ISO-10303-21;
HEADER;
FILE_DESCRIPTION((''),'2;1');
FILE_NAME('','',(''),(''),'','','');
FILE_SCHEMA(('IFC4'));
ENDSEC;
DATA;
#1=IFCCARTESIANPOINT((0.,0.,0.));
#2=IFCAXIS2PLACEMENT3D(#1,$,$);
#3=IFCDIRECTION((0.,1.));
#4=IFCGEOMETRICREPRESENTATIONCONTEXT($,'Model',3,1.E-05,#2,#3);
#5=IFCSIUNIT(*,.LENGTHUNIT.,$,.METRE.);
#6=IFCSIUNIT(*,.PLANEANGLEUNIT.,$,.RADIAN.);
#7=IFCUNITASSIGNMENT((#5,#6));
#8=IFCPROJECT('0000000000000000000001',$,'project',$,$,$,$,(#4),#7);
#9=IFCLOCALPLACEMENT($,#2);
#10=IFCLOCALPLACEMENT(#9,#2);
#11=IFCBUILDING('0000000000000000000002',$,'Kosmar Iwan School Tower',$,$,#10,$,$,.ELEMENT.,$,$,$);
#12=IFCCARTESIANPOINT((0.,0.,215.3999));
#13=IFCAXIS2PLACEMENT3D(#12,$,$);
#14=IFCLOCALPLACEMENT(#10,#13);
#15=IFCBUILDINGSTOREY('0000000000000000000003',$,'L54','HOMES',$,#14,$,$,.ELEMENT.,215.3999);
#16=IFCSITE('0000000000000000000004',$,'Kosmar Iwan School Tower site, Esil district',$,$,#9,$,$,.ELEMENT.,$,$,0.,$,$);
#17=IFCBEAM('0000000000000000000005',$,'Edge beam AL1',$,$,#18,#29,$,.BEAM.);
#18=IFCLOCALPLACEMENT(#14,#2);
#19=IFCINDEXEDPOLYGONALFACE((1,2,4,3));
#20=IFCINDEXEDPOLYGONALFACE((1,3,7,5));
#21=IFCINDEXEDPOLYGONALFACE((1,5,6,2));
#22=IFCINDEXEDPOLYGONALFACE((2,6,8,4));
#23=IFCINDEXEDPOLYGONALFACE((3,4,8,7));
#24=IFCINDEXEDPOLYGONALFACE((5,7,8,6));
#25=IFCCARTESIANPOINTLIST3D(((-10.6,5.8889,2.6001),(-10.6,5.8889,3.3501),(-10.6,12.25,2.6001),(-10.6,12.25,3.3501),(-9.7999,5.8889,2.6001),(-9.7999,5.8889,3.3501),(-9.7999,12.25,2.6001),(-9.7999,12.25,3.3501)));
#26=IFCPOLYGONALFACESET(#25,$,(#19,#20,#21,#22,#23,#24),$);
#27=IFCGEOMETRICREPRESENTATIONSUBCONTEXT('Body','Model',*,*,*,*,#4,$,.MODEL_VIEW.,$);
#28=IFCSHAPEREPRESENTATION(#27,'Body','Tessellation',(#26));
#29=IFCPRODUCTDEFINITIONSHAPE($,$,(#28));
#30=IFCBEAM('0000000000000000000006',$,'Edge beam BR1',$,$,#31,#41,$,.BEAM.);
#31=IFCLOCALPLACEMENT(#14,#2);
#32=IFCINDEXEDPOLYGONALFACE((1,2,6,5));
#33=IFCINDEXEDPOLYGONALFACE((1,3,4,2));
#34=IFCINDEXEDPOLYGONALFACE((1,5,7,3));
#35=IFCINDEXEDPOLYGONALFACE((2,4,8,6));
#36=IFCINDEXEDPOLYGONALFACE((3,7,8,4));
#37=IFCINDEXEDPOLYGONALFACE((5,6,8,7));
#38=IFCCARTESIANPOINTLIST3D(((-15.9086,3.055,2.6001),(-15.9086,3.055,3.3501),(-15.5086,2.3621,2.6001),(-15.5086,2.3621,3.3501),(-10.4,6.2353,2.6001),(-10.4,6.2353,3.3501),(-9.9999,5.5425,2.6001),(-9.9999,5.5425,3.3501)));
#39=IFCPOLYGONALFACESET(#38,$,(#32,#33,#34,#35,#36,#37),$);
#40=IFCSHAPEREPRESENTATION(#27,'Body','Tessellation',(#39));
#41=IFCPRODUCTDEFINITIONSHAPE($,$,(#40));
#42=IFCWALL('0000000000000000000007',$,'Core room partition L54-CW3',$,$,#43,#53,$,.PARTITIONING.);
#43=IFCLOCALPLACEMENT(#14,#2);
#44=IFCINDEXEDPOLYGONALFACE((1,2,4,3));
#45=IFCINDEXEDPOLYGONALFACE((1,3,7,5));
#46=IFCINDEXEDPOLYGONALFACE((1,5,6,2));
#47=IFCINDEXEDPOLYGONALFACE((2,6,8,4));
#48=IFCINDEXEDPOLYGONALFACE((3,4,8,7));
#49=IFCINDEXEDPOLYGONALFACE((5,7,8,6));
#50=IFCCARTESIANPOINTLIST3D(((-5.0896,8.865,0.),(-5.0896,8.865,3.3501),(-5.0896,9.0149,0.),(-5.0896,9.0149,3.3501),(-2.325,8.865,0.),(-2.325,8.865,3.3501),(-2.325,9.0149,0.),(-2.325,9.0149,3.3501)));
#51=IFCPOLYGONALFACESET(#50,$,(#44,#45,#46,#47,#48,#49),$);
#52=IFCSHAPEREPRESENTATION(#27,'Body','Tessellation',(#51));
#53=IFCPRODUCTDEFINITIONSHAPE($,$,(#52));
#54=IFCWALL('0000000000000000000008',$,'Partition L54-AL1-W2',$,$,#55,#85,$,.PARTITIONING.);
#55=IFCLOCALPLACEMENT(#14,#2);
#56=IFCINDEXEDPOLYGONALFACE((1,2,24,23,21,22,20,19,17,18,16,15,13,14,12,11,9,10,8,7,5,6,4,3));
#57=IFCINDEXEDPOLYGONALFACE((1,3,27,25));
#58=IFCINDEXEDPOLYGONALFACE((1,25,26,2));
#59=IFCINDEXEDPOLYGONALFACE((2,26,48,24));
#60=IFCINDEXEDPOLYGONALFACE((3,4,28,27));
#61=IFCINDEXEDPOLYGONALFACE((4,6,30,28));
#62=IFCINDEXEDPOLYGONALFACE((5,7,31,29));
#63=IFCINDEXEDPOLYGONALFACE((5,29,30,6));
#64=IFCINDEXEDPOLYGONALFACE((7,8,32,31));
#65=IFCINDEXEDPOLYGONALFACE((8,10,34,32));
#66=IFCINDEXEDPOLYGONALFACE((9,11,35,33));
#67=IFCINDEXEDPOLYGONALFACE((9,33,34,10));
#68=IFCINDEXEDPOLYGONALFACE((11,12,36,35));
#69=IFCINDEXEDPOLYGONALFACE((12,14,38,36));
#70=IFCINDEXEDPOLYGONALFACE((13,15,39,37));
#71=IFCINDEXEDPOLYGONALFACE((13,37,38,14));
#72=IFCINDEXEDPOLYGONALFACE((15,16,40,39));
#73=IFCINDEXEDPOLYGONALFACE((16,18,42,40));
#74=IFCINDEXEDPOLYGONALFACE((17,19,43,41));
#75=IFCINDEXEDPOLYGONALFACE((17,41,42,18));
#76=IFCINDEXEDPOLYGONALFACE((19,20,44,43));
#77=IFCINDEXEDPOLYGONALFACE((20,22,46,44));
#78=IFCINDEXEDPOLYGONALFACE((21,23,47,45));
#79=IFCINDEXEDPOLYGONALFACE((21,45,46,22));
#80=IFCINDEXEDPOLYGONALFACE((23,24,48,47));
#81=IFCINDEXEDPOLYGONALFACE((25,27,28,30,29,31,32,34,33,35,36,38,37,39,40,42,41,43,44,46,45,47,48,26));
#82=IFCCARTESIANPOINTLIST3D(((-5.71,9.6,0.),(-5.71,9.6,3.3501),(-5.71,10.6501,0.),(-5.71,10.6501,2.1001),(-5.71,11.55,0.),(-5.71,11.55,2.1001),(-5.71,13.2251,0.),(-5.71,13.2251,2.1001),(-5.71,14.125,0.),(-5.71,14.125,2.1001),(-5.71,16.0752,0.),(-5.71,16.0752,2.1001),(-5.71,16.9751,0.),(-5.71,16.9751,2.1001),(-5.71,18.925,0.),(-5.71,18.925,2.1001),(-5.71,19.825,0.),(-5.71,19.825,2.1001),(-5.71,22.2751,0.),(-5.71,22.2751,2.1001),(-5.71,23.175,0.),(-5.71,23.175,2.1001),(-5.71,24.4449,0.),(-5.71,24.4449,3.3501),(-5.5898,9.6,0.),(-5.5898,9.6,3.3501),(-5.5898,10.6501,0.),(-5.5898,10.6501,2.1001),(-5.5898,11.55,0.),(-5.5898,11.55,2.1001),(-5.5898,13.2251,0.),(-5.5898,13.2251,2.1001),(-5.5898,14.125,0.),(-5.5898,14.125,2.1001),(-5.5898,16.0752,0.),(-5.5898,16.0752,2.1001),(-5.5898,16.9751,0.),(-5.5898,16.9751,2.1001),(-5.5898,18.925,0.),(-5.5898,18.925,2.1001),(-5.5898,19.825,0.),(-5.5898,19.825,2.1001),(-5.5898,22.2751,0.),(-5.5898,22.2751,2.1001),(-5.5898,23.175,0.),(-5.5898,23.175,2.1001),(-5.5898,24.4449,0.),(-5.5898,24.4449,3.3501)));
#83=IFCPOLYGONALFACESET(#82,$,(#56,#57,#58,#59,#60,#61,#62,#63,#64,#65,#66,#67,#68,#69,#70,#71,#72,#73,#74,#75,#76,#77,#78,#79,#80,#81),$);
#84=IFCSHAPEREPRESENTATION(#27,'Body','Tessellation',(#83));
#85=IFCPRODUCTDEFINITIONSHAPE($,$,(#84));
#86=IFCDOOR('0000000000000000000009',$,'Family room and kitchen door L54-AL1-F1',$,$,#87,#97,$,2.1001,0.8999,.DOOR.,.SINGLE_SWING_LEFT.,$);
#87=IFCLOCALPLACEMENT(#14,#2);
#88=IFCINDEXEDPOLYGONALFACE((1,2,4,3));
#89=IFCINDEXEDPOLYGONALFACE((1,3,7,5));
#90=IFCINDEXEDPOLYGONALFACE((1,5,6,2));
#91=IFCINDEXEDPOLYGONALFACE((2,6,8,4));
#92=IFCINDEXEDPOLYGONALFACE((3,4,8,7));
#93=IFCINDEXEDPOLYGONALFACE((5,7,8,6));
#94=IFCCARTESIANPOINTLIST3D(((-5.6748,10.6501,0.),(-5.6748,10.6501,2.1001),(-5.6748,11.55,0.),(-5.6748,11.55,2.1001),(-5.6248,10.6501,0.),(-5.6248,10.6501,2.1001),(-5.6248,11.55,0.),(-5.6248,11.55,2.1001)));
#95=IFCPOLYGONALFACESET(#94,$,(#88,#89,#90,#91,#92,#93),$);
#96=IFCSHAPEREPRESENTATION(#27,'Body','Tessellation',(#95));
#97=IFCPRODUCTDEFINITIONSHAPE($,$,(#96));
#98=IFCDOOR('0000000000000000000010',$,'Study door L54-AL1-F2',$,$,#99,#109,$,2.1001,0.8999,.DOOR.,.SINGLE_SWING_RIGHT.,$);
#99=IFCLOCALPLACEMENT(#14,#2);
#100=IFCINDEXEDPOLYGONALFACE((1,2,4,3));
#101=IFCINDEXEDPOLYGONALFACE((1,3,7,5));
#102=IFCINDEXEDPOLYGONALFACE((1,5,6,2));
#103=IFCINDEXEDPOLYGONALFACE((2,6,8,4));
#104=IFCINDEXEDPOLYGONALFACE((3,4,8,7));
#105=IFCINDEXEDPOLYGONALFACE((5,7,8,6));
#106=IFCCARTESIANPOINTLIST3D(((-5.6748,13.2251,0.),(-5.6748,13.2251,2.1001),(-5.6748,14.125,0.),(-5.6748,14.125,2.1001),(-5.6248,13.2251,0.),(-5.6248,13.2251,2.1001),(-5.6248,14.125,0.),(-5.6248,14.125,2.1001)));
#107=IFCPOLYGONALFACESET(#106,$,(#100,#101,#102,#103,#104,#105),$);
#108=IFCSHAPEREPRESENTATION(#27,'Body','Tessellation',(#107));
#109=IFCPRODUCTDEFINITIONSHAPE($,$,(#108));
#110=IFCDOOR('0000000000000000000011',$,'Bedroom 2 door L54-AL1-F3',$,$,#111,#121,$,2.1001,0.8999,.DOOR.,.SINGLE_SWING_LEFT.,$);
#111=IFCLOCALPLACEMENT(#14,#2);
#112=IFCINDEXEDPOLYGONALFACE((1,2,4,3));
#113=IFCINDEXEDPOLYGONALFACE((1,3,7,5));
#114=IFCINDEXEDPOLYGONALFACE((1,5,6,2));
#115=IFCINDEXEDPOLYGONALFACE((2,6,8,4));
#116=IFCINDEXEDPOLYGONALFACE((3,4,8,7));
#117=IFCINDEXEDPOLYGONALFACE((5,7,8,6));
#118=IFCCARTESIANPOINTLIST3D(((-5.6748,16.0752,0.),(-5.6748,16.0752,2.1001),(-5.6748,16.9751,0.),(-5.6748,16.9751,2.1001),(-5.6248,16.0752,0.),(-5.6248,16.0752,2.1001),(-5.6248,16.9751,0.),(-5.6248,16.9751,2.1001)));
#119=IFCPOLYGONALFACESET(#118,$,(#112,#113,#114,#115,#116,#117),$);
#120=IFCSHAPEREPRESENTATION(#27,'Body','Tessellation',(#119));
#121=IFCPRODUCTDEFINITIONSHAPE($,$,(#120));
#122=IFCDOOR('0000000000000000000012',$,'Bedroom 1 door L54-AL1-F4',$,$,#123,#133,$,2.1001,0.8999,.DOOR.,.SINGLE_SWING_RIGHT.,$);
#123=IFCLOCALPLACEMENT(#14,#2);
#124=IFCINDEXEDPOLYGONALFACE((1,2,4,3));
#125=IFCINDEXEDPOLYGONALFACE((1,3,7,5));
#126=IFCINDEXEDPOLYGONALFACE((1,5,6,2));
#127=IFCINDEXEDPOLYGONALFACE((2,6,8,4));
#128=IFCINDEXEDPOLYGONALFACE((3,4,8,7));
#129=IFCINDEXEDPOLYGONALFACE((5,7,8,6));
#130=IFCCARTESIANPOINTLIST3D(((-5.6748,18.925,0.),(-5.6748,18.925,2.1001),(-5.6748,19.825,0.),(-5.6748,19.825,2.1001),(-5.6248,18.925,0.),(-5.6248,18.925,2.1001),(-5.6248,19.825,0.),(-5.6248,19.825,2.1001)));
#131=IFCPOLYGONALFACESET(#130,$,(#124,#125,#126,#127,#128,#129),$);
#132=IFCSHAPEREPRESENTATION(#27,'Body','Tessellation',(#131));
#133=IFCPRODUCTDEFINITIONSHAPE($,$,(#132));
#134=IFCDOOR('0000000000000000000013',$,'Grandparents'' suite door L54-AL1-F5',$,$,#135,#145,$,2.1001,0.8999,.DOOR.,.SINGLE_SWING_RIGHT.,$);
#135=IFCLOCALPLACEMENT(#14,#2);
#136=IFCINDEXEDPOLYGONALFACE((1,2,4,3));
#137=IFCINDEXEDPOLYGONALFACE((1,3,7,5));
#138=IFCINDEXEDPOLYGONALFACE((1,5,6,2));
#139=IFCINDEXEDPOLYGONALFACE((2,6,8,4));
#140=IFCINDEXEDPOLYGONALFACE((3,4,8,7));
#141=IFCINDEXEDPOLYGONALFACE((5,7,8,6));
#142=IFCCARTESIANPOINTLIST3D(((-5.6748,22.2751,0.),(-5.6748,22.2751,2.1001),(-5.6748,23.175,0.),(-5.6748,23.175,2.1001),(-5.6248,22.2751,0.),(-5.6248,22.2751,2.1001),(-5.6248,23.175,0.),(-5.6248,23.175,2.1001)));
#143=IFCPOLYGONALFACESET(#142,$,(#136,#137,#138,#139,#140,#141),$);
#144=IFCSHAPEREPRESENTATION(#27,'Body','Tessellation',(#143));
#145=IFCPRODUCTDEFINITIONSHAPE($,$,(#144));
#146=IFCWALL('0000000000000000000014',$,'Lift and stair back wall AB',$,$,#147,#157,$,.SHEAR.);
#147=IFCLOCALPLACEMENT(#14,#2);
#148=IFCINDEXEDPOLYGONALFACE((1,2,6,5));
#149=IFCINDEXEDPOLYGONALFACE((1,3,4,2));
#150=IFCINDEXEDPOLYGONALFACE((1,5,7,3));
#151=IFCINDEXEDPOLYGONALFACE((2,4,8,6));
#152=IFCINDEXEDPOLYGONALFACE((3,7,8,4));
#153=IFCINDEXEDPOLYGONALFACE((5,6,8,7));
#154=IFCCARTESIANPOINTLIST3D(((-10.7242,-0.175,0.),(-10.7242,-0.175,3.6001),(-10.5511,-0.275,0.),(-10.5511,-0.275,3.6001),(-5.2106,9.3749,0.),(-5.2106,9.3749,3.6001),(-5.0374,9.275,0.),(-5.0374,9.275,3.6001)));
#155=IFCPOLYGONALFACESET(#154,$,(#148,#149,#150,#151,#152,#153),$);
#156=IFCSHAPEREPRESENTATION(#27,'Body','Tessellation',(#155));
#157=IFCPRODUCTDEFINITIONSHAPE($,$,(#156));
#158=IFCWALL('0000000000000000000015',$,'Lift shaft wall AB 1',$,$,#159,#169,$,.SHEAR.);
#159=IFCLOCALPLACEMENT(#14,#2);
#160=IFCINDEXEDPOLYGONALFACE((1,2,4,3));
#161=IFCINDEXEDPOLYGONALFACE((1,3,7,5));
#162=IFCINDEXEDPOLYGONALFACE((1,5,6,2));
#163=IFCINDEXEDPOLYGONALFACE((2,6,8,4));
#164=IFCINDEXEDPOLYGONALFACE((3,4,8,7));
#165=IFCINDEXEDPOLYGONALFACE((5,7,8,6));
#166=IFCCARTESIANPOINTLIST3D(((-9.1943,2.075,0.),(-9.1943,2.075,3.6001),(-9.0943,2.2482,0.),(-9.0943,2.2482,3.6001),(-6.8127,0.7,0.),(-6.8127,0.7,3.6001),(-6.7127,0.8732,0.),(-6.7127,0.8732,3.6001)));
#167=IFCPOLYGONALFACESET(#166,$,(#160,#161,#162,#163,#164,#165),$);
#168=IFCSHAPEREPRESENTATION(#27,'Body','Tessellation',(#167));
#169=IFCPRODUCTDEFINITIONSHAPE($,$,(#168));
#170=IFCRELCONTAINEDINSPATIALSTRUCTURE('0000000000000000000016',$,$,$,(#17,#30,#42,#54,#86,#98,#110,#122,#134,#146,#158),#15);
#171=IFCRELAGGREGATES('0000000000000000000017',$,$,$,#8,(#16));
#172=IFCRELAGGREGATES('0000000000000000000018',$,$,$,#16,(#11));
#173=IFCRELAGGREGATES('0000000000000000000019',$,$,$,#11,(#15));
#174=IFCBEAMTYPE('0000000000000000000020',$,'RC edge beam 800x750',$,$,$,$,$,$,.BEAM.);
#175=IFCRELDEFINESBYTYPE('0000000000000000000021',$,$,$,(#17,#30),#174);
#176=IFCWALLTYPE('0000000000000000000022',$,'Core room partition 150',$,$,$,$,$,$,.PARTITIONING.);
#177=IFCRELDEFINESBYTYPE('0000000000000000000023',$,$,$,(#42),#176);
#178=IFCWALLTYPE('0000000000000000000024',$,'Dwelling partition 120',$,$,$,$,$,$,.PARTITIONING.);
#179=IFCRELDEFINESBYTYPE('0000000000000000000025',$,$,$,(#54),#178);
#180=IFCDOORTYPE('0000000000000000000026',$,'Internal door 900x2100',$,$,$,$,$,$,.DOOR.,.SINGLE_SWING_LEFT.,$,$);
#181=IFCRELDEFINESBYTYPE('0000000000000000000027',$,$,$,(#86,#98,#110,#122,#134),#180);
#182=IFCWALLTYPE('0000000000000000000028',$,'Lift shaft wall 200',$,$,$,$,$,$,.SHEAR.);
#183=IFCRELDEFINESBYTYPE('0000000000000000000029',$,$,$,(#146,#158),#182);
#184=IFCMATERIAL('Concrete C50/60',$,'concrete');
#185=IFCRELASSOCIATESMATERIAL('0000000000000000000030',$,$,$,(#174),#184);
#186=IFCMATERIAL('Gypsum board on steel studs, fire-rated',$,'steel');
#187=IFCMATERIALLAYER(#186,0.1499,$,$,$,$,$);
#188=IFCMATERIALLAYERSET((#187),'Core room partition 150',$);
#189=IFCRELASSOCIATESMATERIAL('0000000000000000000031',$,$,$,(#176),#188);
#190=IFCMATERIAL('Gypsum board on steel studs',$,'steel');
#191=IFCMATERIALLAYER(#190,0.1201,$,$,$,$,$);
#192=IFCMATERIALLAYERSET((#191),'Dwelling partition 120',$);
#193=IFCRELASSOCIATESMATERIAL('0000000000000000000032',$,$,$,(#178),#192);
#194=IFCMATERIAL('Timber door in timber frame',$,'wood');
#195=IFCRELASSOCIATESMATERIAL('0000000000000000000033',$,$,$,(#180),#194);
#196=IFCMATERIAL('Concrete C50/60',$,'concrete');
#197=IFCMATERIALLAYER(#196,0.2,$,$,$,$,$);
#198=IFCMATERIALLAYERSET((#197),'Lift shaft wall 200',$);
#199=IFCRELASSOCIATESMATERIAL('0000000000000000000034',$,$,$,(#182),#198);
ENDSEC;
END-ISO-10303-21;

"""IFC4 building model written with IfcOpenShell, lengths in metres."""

from ifc_helpers import new_model, si_unit, direction, frame, frame_2d, origin, origin_2d, place, context, subcontext, project, spatial, rectangle, extrude, material, layer, layer_set, material_profile, profile_set, type_object, element, fill, save


model = new_model("IFC4")

# Units and contexts
model_context = context("Model", 3, precision=1e-05, world=origin(), true_north=direction((0.0, 1.0)))
body_context = subcontext(model_context, "Body", "Model", "MODEL_VIEW")
ifc_project = project(units=[si_unit("LENGTHUNIT", "METRE"), si_unit("PLANEANGLEUNIT", "RADIAN")], contexts=[model_context])

# Site, building, storey
site_placement = place(None, origin())
site = spatial("IfcSite", under=ifc_project, at=site_placement, Name="Kosmar Iwan School Tower site, Esil district", CompositionType="ELEMENT", RefElevation=0.0)
building_placement = place(site_placement, origin())
building = spatial("IfcBuilding", under=site, at=building_placement, Name="Kosmar Iwan School Tower", CompositionType="ELEMENT")
storey_placement = place(building_placement, frame((0.0, 0.0, 215.3999)))
storey = spatial("IfcBuildingStorey", under=building, at=storey_placement, Name="L54", Description="HOMES", CompositionType="ELEMENT", Elevation=215.3999)

# Beams
ifc_material_1 = material(Name="Concrete C50/60", Category="concrete")
ifc_material_profile = material_profile(ifc_material_1, rectangle(XDim=0.8, YDim=0.75, at=origin_2d()), Name="RC 800x750")
ifc_profile_set = profile_set([ifc_material_profile], Name="Concrete C50/60")
beam_type = type_object("IfcBeamType", Name="RC edge beam 800x750", PredefinedType="BEAM", material=ifc_profile_set)
beam_1_placement = place(storey_placement, frame((-10.2, 5.8889, 2.9751), z_axis=(0.0, 1.0, 0.0), x_axis=(-1.0, 0.0, 0.0)))
element("IfcBeam", 1, at=beam_1_placement, inside=storey, type_object=beam_type, Name="Edge beam AL1", PredefinedType="BEAM", context=body_context, shape_type="SweptSolid", body=[
    extrude(rectangle(XDim=0.8, YDim=0.75, at=origin_2d()), origin(), (0.0, 0.0, 1.0), 6.3611),
])
beam_2_placement = place(storey_placement, frame((-10.2, 5.8889, 2.9751), z_axis=(-0.866031, -0.49999, 0.0), x_axis=(0.49999, -0.866031, 0.0)))
element("IfcBeam", 2, at=beam_2_placement, inside=storey, type_object=beam_type, Name="Edge beam BR1", PredefinedType="BEAM", context=body_context, shape_type="SweptSolid", body=[
    extrude(rectangle(XDim=0.8, YDim=0.75, at=origin_2d()), origin(), (0.0, 0.0, 1.0), 6.3608),
])

# Wall
ifc_material_2 = material(Name="Gypsum board on steel studs, fire-rated", Category="steel")
ifc_layer_1 = layer(ifc_material_2, 0.1499)
ifc_layer_set_1 = layer_set([ifc_layer_1], Name="Core room partition 150")
wall_type_1 = type_object("IfcWallType", Name="Core room partition 150", PredefinedType="PARTITIONING", material=ifc_layer_set_1)
wall_1_placement = place(storey_placement, frame((-5.0896, 8.9399, 0.0), z_axis=(0.0, 0.0, 1.0), x_axis=(1.0, 0.0, 0.0)))
element("IfcWall", 3, at=wall_1_placement, inside=storey, type_object=wall_type_1, Name="Core room partition L54-CW3", PredefinedType="PARTITIONING", context=body_context, shape_type="SweptSolid", body=[
    extrude(rectangle(XDim=2.7646, YDim=0.1499, at=frame_2d((1.3823, 0.0))), origin(), (0.0, 0.0, 1.0), 3.3501),
])

# Wall, openings, doors
ifc_material_3 = material(Name="Gypsum board on steel studs", Category="steel")
ifc_layer_2 = layer(ifc_material_3, 0.1201)
ifc_layer_set_2 = layer_set([ifc_layer_2], Name="Dwelling partition 120")
wall_type_2 = type_object("IfcWallType", Name="Dwelling partition 120", PredefinedType="PARTITIONING", material=ifc_layer_set_2)
wall_2_placement = place(storey_placement, frame((-5.6499, 9.6001, 0.0), z_axis=(0.0, 0.0, 1.0), x_axis=(0.0, 1.0, 0.0)))
wall_2 = element("IfcWall", 4, at=wall_2_placement, inside=storey, type_object=wall_type_2, Name="Partition L54-AL1-W2", PredefinedType="PARTITIONING", context=body_context, shape_type="SweptSolid", body=[
    extrude(rectangle(XDim=14.845, YDim=0.1201, at=frame_2d((7.4224, 0.0))), origin(), (0.0, 0.0, 1.0), 3.3501),
])
opening_1_placement = place(wall_2_placement, frame((1.05, 0.0, 0.0)))
opening_1 = element("IfcOpeningElement", 5, at=opening_1_placement, cuts=wall_2, PredefinedType="OPENING", context=body_context, shape_type="SweptSolid", body=[
    extrude(rectangle(XDim=0.8999, YDim=2.1001, at=frame_2d((0.45, 1.05))), frame((0.0, 0.072, 0.0), z_axis=(0.0, -1.0, 0.0), x_axis=(1.0, 0.0, 0.0)), (0.0, 0.0, 1.0), 0.144),
])
opening_2_placement = place(wall_2_placement, frame((3.625, 0.0, 0.0)))
opening_2 = element("IfcOpeningElement", 6, at=opening_2_placement, cuts=wall_2, PredefinedType="OPENING", context=body_context, shape_type="SweptSolid", body=[
    extrude(rectangle(XDim=0.8999, YDim=2.1001, at=frame_2d((0.45, 1.05))), frame((0.0, 0.072, 0.0), z_axis=(0.0, -1.0, 0.0), x_axis=(1.0, 0.0, 0.0)), (0.0, 0.0, 1.0), 0.144),
])
opening_3_placement = place(wall_2_placement, frame((6.4751, 0.0, 0.0)))
opening_3 = element("IfcOpeningElement", 7, at=opening_3_placement, cuts=wall_2, PredefinedType="OPENING", context=body_context, shape_type="SweptSolid", body=[
    extrude(rectangle(XDim=0.8999, YDim=2.1001, at=frame_2d((0.45, 1.05))), frame((0.0, 0.072, 0.0), z_axis=(0.0, -1.0, 0.0), x_axis=(1.0, 0.0, 0.0)), (0.0, 0.0, 1.0), 0.144),
])
opening_4_placement = place(wall_2_placement, frame((9.325, 0.0, 0.0)))
opening_4 = element("IfcOpeningElement", 8, at=opening_4_placement, cuts=wall_2, PredefinedType="OPENING", context=body_context, shape_type="SweptSolid", body=[
    extrude(rectangle(XDim=0.8999, YDim=2.1001, at=frame_2d((0.45, 1.05))), frame((0.0, 0.072, 0.0), z_axis=(0.0, -1.0, 0.0), x_axis=(1.0, 0.0, 0.0)), (0.0, 0.0, 1.0), 0.144),
])
opening_5_placement = place(wall_2_placement, frame((12.675, 0.0, 0.0)))
opening_5 = element("IfcOpeningElement", 9, at=opening_5_placement, cuts=wall_2, PredefinedType="OPENING", context=body_context, shape_type="SweptSolid", body=[
    extrude(rectangle(XDim=0.8999, YDim=2.1001, at=frame_2d((0.45, 1.05))), frame((0.0, 0.072, 0.0), z_axis=(0.0, -1.0, 0.0), x_axis=(1.0, 0.0, 0.0)), (0.0, 0.0, 1.0), 0.144),
])
ifc_material_4 = material(Name="Timber door in timber frame", Category="wood")
door_type = type_object("IfcDoorType", Name="Internal door 900x2100", OperationType="SINGLE_SWING_LEFT", PredefinedType="DOOR", material=ifc_material_4)
door_1_placement = place(opening_1_placement, origin())
door_1 = element("IfcDoor", 10, at=door_1_placement, inside=storey, type_object=door_type, Name="Family room and kitchen door L54-AL1-F1", OperationType="SINGLE_SWING_LEFT", OverallHeight=2.1001, OverallWidth=0.8999, PredefinedType="DOOR", context=body_context, shape_type="SweptSolid", body=[
    extrude(rectangle(XDim=0.8999, YDim=2.1001, at=frame_2d((0.45, 1.05))), frame((0.0, 0.0249, 0.0), z_axis=(0.0, -1.0, 0.0), x_axis=(1.0, 0.0, 0.0)), (0.0, 0.0, 1.0), 0.05),
])
fill(opening_1, door_1)
door_2_placement = place(opening_2_placement, origin())
door_2 = element("IfcDoor", 11, at=door_2_placement, inside=storey, type_object=door_type, Name="Study door L54-AL1-F2", OperationType="SINGLE_SWING_RIGHT", OverallHeight=2.1001, OverallWidth=0.8999, PredefinedType="DOOR", context=body_context, shape_type="SweptSolid", body=[
    extrude(rectangle(XDim=0.8999, YDim=2.1001, at=frame_2d((0.45, 1.05))), frame((0.0, 0.0249, 0.0), z_axis=(0.0, -1.0, 0.0), x_axis=(1.0, 0.0, 0.0)), (0.0, 0.0, 1.0), 0.05),
])
fill(opening_2, door_2)
door_3_placement = place(opening_3_placement, origin())
door_3 = element("IfcDoor", 12, at=door_3_placement, inside=storey, type_object=door_type, Name="Bedroom 2 door L54-AL1-F3", OperationType="SINGLE_SWING_LEFT", OverallHeight=2.1001, OverallWidth=0.8999, PredefinedType="DOOR", context=body_context, shape_type="SweptSolid", body=[
    extrude(rectangle(XDim=0.8999, YDim=2.1001, at=frame_2d((0.45, 1.05))), frame((0.0, 0.0249, 0.0), z_axis=(0.0, -1.0, 0.0), x_axis=(1.0, 0.0, 0.0)), (0.0, 0.0, 1.0), 0.05),
])
fill(opening_3, door_3)
door_4_placement = place(opening_4_placement, origin())
door_4 = element("IfcDoor", 13, at=door_4_placement, inside=storey, type_object=door_type, Name="Bedroom 1 door L54-AL1-F4", OperationType="SINGLE_SWING_RIGHT", OverallHeight=2.1001, OverallWidth=0.8999, PredefinedType="DOOR", context=body_context, shape_type="SweptSolid", body=[
    extrude(rectangle(XDim=0.8999, YDim=2.1001, at=frame_2d((0.45, 1.05))), frame((0.0, 0.0249, 0.0), z_axis=(0.0, -1.0, 0.0), x_axis=(1.0, 0.0, 0.0)), (0.0, 0.0, 1.0), 0.05),
])
fill(opening_4, door_4)
door_5_placement = place(opening_5_placement, origin())
door_5 = element("IfcDoor", 14, at=door_5_placement, inside=storey, type_object=door_type, Name="Grandparents' suite door L54-AL1-F5", OperationType="SINGLE_SWING_RIGHT", OverallHeight=2.1001, OverallWidth=0.8999, PredefinedType="DOOR", context=body_context, shape_type="SweptSolid", body=[
    extrude(rectangle(XDim=0.8999, YDim=2.1001, at=frame_2d((0.45, 1.05))), frame((0.0, 0.0249, 0.0), z_axis=(0.0, -1.0, 0.0), x_axis=(1.0, 0.0, 0.0)), (0.0, 0.0, 1.0), 0.05),
])
fill(opening_5, door_5)

# Walls
ifc_material_5 = material(Name="Concrete C50/60", Category="concrete")
ifc_layer_3 = layer(ifc_material_5, 0.2)
ifc_layer_set_3 = layer_set([ifc_layer_3], Name="Lift shaft wall 200")
wall_type_3 = type_object("IfcWallType", Name="Lift shaft wall 200", PredefinedType="SHEAR", material=ifc_layer_set_3)
wall_3_placement = place(storey_placement, frame((-5.124, 9.325, 0.0), z_axis=(0.0, 0.0, 1.0), x_axis=(-0.499997, -0.866027, 0.0)))
element("IfcWall", 15, at=wall_3_placement, inside=storey, type_object=wall_type_3, Name="Lift and stair back wall AB", PredefinedType="SHEAR", context=body_context, shape_type="SweptSolid", body=[
    extrude(rectangle(XDim=11.0273, YDim=0.2, at=frame_2d((5.5137, 0.0))), origin(), (0.0, 0.0, 1.0), 3.6001),
])
wall_4_placement = place(storey_placement, frame((-6.7627, 0.7866, 0.0), z_axis=(0.0, 0.0, 1.0), x_axis=(-0.866027, 0.499997, 0.0)))
element("IfcWall", 16, at=wall_4_placement, inside=storey, type_object=wall_type_3, Name="Lift shaft wall AB 1", PredefinedType="SHEAR", context=body_context, shape_type="SweptSolid", body=[
    extrude(rectangle(XDim=2.75, YDim=0.2, at=frame_2d((1.375, 0.0))), origin(), (0.0, 0.0, 1.0), 3.6001),
])

save(model, "model.ifc")
